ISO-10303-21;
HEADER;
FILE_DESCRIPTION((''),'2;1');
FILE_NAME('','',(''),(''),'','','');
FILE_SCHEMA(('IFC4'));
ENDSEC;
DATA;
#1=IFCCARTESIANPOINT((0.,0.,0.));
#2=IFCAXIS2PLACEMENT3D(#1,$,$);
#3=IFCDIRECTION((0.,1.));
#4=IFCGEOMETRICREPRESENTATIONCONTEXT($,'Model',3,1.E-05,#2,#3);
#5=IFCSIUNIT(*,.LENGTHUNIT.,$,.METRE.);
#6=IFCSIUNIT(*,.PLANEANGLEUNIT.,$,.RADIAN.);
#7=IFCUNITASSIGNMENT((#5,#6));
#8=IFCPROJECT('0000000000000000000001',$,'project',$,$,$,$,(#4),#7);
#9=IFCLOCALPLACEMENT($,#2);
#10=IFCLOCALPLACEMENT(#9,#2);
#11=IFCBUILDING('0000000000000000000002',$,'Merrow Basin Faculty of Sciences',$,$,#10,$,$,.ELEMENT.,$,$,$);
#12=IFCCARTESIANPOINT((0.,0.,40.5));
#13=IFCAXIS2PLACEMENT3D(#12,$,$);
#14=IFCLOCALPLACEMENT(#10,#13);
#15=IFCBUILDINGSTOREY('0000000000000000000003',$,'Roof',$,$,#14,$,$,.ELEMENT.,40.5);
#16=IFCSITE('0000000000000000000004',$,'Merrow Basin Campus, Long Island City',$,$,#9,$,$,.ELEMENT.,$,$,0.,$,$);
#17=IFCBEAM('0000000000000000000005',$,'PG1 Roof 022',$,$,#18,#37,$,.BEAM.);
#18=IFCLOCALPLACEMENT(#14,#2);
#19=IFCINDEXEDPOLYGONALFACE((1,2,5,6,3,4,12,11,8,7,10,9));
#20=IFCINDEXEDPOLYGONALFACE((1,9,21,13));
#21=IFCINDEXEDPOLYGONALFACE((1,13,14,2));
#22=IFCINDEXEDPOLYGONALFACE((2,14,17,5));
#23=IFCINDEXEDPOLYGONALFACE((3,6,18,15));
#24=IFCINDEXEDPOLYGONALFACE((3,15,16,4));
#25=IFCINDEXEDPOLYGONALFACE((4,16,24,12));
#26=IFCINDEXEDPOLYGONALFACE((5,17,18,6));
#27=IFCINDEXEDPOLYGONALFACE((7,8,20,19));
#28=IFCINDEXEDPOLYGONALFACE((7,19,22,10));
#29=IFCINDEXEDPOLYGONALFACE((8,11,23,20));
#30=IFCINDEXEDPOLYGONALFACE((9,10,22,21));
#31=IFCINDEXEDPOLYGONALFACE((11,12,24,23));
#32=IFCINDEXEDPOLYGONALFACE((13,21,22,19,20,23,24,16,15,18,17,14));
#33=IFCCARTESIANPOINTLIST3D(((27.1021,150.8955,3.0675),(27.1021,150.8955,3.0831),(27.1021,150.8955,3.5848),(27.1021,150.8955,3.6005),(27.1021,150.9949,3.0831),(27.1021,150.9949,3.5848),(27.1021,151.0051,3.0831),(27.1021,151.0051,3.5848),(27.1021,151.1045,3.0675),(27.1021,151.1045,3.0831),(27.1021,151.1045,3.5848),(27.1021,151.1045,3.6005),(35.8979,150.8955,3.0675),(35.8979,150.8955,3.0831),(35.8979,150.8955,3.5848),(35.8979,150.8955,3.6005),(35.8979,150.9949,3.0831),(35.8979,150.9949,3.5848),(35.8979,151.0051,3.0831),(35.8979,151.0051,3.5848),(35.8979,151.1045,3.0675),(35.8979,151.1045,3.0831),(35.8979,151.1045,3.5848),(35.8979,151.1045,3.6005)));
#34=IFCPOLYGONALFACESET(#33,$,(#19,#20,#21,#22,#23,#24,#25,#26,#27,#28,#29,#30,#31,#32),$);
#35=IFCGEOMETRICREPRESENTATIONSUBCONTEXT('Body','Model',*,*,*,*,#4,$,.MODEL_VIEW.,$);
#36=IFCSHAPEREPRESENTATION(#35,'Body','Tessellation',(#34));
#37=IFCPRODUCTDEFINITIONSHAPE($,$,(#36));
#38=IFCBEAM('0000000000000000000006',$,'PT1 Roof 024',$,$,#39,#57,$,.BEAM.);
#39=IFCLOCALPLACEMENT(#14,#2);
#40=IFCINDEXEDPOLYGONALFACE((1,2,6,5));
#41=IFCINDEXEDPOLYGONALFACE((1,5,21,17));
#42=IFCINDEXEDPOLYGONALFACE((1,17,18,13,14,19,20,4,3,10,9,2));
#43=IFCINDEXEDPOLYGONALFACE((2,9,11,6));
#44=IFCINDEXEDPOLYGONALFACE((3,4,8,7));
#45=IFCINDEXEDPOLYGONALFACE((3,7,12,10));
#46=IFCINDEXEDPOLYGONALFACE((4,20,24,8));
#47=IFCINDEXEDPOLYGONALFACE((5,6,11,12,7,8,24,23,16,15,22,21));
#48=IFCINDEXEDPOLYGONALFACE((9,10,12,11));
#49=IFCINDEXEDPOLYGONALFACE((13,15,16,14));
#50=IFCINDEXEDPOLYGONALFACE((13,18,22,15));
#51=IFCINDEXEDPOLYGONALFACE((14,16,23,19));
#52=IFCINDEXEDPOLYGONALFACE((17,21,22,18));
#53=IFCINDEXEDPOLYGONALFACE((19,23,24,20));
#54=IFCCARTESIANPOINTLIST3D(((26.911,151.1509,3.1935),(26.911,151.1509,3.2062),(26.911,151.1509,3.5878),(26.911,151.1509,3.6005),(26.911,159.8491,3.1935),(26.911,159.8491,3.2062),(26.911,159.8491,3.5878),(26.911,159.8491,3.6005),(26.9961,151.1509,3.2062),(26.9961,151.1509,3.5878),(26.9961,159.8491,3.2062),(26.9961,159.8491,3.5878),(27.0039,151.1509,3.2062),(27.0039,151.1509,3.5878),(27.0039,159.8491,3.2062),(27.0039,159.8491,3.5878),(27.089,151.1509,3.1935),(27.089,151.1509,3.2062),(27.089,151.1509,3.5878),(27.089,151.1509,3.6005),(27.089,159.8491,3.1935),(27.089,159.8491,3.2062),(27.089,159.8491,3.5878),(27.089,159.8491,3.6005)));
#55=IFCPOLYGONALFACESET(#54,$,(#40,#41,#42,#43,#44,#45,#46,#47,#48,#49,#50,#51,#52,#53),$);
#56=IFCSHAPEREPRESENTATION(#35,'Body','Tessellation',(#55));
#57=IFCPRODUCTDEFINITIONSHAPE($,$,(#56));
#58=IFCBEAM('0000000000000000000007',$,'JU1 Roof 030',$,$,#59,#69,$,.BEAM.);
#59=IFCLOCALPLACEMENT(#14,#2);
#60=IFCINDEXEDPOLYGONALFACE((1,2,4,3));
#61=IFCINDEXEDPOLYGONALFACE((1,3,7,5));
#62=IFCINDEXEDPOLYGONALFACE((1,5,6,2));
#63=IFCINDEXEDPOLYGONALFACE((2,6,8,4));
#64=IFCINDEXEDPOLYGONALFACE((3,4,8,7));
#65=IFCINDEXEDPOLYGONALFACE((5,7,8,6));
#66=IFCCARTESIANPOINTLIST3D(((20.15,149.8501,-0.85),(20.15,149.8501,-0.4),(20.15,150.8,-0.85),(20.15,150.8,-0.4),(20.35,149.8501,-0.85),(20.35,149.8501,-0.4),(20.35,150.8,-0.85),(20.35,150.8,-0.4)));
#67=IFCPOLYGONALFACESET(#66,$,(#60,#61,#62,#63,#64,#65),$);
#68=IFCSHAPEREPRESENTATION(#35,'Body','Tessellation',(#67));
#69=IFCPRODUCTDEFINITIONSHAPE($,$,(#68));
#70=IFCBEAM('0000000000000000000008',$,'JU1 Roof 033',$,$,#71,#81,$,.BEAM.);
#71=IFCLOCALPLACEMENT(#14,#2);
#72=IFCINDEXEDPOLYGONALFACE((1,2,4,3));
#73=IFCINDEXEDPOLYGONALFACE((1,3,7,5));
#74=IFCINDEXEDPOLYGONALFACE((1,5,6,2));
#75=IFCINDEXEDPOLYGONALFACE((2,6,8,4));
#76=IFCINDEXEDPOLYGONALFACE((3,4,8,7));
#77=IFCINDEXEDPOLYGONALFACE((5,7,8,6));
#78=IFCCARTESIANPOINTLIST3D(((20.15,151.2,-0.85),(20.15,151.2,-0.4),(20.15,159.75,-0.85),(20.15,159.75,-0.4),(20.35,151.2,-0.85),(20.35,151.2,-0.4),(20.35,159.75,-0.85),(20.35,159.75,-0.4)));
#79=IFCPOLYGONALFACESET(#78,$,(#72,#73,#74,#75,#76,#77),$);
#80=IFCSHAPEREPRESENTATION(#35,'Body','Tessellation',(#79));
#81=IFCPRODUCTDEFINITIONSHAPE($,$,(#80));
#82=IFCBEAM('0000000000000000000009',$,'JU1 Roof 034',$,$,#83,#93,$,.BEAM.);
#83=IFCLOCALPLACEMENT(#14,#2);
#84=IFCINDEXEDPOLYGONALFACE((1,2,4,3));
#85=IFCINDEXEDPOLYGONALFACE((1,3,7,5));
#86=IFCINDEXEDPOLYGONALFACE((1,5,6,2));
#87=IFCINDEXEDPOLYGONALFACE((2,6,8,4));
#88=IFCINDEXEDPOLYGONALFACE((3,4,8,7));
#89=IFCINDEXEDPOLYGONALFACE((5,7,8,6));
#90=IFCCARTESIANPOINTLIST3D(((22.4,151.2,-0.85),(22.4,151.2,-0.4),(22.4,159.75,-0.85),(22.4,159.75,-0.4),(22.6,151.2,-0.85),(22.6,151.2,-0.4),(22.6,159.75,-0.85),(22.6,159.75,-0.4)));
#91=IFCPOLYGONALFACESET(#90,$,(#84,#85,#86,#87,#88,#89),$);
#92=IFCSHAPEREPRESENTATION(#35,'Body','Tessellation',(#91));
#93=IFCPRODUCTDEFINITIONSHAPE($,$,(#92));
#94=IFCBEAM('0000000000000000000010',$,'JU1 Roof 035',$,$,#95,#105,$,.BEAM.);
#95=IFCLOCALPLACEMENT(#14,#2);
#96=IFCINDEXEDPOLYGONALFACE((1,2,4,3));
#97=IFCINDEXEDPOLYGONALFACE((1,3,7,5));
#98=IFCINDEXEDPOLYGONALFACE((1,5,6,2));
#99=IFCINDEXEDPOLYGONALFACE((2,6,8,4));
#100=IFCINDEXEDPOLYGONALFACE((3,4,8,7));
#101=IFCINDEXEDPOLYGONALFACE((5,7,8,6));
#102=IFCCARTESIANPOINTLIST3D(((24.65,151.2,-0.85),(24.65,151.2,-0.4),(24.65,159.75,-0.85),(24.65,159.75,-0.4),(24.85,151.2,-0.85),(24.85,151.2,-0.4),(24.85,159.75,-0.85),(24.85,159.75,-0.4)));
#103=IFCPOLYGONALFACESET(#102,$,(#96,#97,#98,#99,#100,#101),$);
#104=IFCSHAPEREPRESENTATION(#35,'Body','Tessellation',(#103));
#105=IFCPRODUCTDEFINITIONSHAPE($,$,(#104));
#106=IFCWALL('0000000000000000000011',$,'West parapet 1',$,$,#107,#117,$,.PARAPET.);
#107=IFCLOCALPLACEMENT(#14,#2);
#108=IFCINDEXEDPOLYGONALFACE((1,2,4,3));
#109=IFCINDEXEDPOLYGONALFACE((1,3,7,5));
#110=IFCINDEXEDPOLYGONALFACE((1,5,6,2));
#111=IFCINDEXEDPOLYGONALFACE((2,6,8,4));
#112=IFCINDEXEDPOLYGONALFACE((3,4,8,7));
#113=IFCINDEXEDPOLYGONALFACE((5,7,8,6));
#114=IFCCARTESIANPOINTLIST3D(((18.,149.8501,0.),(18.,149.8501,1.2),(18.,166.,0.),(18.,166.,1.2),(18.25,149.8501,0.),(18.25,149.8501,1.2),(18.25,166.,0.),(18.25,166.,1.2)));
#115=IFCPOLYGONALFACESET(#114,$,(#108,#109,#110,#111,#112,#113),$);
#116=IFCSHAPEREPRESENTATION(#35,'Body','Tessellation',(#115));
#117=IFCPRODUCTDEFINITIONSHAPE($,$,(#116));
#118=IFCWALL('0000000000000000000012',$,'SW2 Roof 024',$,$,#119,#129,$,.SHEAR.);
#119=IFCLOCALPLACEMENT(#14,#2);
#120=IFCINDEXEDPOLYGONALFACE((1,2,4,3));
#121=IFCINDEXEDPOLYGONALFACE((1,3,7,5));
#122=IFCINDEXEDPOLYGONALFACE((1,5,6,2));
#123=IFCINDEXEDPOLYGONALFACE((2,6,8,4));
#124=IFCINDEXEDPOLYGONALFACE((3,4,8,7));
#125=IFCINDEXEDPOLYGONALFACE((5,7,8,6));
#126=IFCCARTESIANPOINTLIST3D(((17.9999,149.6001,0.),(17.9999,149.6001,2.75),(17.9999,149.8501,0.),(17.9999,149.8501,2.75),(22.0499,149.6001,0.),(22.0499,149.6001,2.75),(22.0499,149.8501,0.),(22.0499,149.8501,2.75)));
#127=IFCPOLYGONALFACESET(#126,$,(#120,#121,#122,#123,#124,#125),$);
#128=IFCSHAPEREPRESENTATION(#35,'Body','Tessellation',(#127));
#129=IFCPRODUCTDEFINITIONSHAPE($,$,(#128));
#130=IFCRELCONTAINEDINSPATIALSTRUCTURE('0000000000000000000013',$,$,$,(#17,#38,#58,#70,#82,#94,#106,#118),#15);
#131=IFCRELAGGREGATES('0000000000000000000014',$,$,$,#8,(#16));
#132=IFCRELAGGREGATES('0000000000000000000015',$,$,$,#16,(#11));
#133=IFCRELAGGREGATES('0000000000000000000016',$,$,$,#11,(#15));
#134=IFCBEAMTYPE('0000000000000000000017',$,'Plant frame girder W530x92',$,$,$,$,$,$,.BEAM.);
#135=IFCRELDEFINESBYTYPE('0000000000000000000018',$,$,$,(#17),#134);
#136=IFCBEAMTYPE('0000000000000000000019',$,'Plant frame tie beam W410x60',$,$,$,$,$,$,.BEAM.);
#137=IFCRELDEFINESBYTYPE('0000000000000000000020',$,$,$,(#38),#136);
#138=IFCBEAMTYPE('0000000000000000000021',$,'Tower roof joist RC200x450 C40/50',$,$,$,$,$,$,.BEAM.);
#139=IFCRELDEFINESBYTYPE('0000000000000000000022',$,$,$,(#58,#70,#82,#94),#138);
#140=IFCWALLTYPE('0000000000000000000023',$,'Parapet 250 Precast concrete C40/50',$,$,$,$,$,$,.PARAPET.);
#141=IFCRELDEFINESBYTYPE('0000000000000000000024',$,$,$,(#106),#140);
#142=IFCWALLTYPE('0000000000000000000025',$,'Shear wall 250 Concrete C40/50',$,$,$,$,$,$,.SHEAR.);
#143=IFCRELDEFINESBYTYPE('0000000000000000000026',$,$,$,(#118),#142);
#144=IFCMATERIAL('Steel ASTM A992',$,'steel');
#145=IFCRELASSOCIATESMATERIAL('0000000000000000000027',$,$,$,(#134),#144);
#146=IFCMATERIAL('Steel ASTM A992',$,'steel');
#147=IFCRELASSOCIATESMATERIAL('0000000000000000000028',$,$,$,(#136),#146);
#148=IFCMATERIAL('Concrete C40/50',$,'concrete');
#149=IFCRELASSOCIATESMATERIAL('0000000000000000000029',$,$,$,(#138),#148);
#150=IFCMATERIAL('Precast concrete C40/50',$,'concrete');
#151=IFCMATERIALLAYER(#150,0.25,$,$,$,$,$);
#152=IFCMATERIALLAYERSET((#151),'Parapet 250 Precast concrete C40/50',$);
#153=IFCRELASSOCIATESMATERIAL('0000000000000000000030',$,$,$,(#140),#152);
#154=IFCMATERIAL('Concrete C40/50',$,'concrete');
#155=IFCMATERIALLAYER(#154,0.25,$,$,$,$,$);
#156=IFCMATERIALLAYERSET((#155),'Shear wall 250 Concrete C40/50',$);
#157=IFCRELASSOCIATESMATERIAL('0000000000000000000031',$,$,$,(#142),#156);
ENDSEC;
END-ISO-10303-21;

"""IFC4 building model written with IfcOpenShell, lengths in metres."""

from ifc_helpers import new_model, si_unit, direction, frame, frame_2d, origin, origin_2d, place, context, subcontext, project, spatial, rectangle, i_section, extrude, material, layer, layer_set, material_profile, profile_set, type_object, element, save


model = new_model("IFC4")

# Units and contexts
model_context = context("Model", 3, precision=1e-05, world=origin(), true_north=direction((0.0, 1.0)))
body_context = subcontext(model_context, "Body", "Model", "MODEL_VIEW")
ifc_project = project(units=[si_unit("LENGTHUNIT", "METRE"), si_unit("PLANEANGLEUNIT", "RADIAN")], contexts=[model_context])

# Site, building, storey
site_placement = place(None, origin())
site = spatial("IfcSite", under=ifc_project, at=site_placement, Name="Merrow Basin Campus, Long Island City", CompositionType="ELEMENT", RefElevation=0.0)
building_placement = place(site_placement, origin())
building = spatial("IfcBuilding", under=site, at=building_placement, Name="Merrow Basin Faculty of Sciences", CompositionType="ELEMENT")
storey_placement = place(building_placement, frame((0.0, 0.0, 40.5)))
storey = spatial("IfcBuildingStorey", under=building, at=storey_placement, Name="Roof", CompositionType="ELEMENT", Elevation=40.5)

# Beams
ifc_material_1 = material(Name="Steel ASTM A992", Category="steel")
ifc_material_profile_1 = material_profile(ifc_material_1, i_section(OverallWidth=0.209, OverallDepth=0.533, WebThickness=0.0103, FlangeThickness=0.0156, at=origin_2d()))
ifc_profile_set_1 = profile_set([ifc_material_profile_1], Name="Steel ASTM A992")
beam_type_1 = type_object("IfcBeamType", Name="Plant frame girder W530x92", PredefinedType="BEAM", material=ifc_profile_set_1)
beam_1_placement = place(storey_placement, frame((27.1021, 151.0, 3.334), z_axis=(1.0, 0.0, 0.0), x_axis=(0.0, 1.0, 0.0)))
element("IfcBeam", 1, at=beam_1_placement, inside=storey, type_object=beam_type_1, Name="PG1 Roof 022", PredefinedType="BEAM", context=body_context, shape_type="SweptSolid", body=[
    extrude(i_section(OverallWidth=0.209, OverallDepth=0.533, WebThickness=0.0103, FlangeThickness=0.0156, at=origin_2d()), origin(), (0.0, 0.0, 1.0), 8.7959),
])
ifc_material_2 = material(Name="Steel ASTM A992", Category="steel")
ifc_material_profile_2 = material_profile(ifc_material_2, i_section(OverallWidth=0.178, OverallDepth=0.407, WebThickness=0.0078, FlangeThickness=0.0127, at=origin_2d()))
ifc_profile_set_2 = profile_set([ifc_material_profile_2], Name="Steel ASTM A992")
beam_type_2 = type_object("IfcBeamType", Name="Plant frame tie beam W410x60", PredefinedType="BEAM", material=ifc_profile_set_2)
beam_2_placement = place(storey_placement, frame((27.0, 151.1509, 3.397), z_axis=(0.0, 1.0, 0.0), x_axis=(-1.0, 0.0, 0.0)))
element("IfcBeam", 2, at=beam_2_placement, inside=storey, type_object=beam_type_2, Name="PT1 Roof 024", PredefinedType="BEAM", context=body_context, shape_type="SweptSolid", body=[
    extrude(i_section(OverallWidth=0.178, OverallDepth=0.407, WebThickness=0.0078, FlangeThickness=0.0127, at=origin_2d()), origin(), (0.0, 0.0, 1.0), 8.6982),
])
ifc_material_3 = material(Name="Concrete C40/50", Category="concrete")
ifc_material_profile_3 = material_profile(ifc_material_3, rectangle(XDim=0.2, YDim=0.45, at=origin_2d()))
ifc_profile_set_3 = profile_set([ifc_material_profile_3], Name="Concrete C40/50")
beam_type_3 = type_object("IfcBeamType", Name="Tower roof joist RC200x450 C40/50", PredefinedType="BEAM", material=ifc_profile_set_3)
beam_3_placement = place(storey_placement, frame((20.25, 149.8501, -0.625), z_axis=(0.0, 1.0, 0.0), x_axis=(-1.0, 0.0, 0.0)))
element("IfcBeam", 3, at=beam_3_placement, inside=storey, type_object=beam_type_3, Name="JU1 Roof 030", PredefinedType="BEAM", context=body_context, shape_type="SweptSolid", body=[
    extrude(rectangle(XDim=0.2, YDim=0.45, at=origin_2d()), origin(), (0.0, 0.0, 1.0), 0.95),
])
for number, where, z_axis, x_axis, name in (
    (4, (20.25, 151.2, -0.625), (0.0, 1.0, 0.0), (-1.0, 0.0, 0.0), "JU1 Roof 033"),
    (5, (22.5, 151.2, -0.625), (0.0, 1.0, 0.0), (-1.0, 0.0, 0.0), "JU1 Roof 034"),
    (6, (24.75, 151.2, -0.625), (0.0, 1.0, 0.0), (-1.0, 0.0, 0.0), "JU1 Roof 035"),
):
    element("IfcBeam", number, at=place(storey_placement, frame(where, z_axis=z_axis, x_axis=x_axis)), inside=storey, type_object=beam_type_3, Name=name, PredefinedType="BEAM", context=body_context, shape_type="SweptSolid", body=[
        extrude(rectangle(XDim=0.2, YDim=0.45, at=origin_2d()), origin(), (0.0, 0.0, 1.0), 8.55),
    ])

# Walls
ifc_material_4 = material(Name="Precast concrete C40/50", Category="concrete")
ifc_layer_1 = layer(ifc_material_4, 0.25)
ifc_layer_set_1 = layer_set([ifc_layer_1], Name="Parapet 250 Precast concrete C40/50")
wall_type_1 = type_object("IfcWallType", Name="Parapet 250 Precast concrete C40/50", PredefinedType="PARAPET", material=ifc_layer_set_1)
wall_1_placement = place(storey_placement, frame((18.125, 149.8501, 0.0), z_axis=(0.0, 0.0, 1.0), x_axis=(0.0, 1.0, 0.0)))
element("IfcWall", 7, at=wall_1_placement, inside=storey, type_object=wall_type_1, Name="West parapet 1", PredefinedType="PARAPET", context=body_context, shape_type="SweptSolid", body=[
    extrude(rectangle(XDim=16.1499, YDim=0.25, at=frame_2d((8.075, 0.0))), origin(), (0.0, 0.0, 1.0), 1.2),
])
ifc_material_5 = material(Name="Concrete C40/50", Category="concrete")
ifc_layer_2 = layer(ifc_material_5, 0.25)
ifc_layer_set_2 = layer_set([ifc_layer_2], Name="Shear wall 250 Concrete C40/50")
wall_type_2 = type_object("IfcWallType", Name="Shear wall 250 Concrete C40/50", PredefinedType="SHEAR", material=ifc_layer_set_2)
wall_2_placement = place(storey_placement, frame((18.0, 149.7251, 0.0), z_axis=(0.0, 0.0, 1.0), x_axis=(1.0, 0.0, 0.0)))
element("IfcWall", 8, at=wall_2_placement, inside=storey, type_object=wall_type_2, Name="SW2 Roof 024", PredefinedType="SHEAR", context=body_context, shape_type="SweptSolid", body=[
    extrude(rectangle(XDim=4.05, YDim=0.25, at=frame_2d((2.0249, 0.0))), origin(), (0.0, 0.0, 1.0), 2.75),
])

save(model, "model.ifc")
